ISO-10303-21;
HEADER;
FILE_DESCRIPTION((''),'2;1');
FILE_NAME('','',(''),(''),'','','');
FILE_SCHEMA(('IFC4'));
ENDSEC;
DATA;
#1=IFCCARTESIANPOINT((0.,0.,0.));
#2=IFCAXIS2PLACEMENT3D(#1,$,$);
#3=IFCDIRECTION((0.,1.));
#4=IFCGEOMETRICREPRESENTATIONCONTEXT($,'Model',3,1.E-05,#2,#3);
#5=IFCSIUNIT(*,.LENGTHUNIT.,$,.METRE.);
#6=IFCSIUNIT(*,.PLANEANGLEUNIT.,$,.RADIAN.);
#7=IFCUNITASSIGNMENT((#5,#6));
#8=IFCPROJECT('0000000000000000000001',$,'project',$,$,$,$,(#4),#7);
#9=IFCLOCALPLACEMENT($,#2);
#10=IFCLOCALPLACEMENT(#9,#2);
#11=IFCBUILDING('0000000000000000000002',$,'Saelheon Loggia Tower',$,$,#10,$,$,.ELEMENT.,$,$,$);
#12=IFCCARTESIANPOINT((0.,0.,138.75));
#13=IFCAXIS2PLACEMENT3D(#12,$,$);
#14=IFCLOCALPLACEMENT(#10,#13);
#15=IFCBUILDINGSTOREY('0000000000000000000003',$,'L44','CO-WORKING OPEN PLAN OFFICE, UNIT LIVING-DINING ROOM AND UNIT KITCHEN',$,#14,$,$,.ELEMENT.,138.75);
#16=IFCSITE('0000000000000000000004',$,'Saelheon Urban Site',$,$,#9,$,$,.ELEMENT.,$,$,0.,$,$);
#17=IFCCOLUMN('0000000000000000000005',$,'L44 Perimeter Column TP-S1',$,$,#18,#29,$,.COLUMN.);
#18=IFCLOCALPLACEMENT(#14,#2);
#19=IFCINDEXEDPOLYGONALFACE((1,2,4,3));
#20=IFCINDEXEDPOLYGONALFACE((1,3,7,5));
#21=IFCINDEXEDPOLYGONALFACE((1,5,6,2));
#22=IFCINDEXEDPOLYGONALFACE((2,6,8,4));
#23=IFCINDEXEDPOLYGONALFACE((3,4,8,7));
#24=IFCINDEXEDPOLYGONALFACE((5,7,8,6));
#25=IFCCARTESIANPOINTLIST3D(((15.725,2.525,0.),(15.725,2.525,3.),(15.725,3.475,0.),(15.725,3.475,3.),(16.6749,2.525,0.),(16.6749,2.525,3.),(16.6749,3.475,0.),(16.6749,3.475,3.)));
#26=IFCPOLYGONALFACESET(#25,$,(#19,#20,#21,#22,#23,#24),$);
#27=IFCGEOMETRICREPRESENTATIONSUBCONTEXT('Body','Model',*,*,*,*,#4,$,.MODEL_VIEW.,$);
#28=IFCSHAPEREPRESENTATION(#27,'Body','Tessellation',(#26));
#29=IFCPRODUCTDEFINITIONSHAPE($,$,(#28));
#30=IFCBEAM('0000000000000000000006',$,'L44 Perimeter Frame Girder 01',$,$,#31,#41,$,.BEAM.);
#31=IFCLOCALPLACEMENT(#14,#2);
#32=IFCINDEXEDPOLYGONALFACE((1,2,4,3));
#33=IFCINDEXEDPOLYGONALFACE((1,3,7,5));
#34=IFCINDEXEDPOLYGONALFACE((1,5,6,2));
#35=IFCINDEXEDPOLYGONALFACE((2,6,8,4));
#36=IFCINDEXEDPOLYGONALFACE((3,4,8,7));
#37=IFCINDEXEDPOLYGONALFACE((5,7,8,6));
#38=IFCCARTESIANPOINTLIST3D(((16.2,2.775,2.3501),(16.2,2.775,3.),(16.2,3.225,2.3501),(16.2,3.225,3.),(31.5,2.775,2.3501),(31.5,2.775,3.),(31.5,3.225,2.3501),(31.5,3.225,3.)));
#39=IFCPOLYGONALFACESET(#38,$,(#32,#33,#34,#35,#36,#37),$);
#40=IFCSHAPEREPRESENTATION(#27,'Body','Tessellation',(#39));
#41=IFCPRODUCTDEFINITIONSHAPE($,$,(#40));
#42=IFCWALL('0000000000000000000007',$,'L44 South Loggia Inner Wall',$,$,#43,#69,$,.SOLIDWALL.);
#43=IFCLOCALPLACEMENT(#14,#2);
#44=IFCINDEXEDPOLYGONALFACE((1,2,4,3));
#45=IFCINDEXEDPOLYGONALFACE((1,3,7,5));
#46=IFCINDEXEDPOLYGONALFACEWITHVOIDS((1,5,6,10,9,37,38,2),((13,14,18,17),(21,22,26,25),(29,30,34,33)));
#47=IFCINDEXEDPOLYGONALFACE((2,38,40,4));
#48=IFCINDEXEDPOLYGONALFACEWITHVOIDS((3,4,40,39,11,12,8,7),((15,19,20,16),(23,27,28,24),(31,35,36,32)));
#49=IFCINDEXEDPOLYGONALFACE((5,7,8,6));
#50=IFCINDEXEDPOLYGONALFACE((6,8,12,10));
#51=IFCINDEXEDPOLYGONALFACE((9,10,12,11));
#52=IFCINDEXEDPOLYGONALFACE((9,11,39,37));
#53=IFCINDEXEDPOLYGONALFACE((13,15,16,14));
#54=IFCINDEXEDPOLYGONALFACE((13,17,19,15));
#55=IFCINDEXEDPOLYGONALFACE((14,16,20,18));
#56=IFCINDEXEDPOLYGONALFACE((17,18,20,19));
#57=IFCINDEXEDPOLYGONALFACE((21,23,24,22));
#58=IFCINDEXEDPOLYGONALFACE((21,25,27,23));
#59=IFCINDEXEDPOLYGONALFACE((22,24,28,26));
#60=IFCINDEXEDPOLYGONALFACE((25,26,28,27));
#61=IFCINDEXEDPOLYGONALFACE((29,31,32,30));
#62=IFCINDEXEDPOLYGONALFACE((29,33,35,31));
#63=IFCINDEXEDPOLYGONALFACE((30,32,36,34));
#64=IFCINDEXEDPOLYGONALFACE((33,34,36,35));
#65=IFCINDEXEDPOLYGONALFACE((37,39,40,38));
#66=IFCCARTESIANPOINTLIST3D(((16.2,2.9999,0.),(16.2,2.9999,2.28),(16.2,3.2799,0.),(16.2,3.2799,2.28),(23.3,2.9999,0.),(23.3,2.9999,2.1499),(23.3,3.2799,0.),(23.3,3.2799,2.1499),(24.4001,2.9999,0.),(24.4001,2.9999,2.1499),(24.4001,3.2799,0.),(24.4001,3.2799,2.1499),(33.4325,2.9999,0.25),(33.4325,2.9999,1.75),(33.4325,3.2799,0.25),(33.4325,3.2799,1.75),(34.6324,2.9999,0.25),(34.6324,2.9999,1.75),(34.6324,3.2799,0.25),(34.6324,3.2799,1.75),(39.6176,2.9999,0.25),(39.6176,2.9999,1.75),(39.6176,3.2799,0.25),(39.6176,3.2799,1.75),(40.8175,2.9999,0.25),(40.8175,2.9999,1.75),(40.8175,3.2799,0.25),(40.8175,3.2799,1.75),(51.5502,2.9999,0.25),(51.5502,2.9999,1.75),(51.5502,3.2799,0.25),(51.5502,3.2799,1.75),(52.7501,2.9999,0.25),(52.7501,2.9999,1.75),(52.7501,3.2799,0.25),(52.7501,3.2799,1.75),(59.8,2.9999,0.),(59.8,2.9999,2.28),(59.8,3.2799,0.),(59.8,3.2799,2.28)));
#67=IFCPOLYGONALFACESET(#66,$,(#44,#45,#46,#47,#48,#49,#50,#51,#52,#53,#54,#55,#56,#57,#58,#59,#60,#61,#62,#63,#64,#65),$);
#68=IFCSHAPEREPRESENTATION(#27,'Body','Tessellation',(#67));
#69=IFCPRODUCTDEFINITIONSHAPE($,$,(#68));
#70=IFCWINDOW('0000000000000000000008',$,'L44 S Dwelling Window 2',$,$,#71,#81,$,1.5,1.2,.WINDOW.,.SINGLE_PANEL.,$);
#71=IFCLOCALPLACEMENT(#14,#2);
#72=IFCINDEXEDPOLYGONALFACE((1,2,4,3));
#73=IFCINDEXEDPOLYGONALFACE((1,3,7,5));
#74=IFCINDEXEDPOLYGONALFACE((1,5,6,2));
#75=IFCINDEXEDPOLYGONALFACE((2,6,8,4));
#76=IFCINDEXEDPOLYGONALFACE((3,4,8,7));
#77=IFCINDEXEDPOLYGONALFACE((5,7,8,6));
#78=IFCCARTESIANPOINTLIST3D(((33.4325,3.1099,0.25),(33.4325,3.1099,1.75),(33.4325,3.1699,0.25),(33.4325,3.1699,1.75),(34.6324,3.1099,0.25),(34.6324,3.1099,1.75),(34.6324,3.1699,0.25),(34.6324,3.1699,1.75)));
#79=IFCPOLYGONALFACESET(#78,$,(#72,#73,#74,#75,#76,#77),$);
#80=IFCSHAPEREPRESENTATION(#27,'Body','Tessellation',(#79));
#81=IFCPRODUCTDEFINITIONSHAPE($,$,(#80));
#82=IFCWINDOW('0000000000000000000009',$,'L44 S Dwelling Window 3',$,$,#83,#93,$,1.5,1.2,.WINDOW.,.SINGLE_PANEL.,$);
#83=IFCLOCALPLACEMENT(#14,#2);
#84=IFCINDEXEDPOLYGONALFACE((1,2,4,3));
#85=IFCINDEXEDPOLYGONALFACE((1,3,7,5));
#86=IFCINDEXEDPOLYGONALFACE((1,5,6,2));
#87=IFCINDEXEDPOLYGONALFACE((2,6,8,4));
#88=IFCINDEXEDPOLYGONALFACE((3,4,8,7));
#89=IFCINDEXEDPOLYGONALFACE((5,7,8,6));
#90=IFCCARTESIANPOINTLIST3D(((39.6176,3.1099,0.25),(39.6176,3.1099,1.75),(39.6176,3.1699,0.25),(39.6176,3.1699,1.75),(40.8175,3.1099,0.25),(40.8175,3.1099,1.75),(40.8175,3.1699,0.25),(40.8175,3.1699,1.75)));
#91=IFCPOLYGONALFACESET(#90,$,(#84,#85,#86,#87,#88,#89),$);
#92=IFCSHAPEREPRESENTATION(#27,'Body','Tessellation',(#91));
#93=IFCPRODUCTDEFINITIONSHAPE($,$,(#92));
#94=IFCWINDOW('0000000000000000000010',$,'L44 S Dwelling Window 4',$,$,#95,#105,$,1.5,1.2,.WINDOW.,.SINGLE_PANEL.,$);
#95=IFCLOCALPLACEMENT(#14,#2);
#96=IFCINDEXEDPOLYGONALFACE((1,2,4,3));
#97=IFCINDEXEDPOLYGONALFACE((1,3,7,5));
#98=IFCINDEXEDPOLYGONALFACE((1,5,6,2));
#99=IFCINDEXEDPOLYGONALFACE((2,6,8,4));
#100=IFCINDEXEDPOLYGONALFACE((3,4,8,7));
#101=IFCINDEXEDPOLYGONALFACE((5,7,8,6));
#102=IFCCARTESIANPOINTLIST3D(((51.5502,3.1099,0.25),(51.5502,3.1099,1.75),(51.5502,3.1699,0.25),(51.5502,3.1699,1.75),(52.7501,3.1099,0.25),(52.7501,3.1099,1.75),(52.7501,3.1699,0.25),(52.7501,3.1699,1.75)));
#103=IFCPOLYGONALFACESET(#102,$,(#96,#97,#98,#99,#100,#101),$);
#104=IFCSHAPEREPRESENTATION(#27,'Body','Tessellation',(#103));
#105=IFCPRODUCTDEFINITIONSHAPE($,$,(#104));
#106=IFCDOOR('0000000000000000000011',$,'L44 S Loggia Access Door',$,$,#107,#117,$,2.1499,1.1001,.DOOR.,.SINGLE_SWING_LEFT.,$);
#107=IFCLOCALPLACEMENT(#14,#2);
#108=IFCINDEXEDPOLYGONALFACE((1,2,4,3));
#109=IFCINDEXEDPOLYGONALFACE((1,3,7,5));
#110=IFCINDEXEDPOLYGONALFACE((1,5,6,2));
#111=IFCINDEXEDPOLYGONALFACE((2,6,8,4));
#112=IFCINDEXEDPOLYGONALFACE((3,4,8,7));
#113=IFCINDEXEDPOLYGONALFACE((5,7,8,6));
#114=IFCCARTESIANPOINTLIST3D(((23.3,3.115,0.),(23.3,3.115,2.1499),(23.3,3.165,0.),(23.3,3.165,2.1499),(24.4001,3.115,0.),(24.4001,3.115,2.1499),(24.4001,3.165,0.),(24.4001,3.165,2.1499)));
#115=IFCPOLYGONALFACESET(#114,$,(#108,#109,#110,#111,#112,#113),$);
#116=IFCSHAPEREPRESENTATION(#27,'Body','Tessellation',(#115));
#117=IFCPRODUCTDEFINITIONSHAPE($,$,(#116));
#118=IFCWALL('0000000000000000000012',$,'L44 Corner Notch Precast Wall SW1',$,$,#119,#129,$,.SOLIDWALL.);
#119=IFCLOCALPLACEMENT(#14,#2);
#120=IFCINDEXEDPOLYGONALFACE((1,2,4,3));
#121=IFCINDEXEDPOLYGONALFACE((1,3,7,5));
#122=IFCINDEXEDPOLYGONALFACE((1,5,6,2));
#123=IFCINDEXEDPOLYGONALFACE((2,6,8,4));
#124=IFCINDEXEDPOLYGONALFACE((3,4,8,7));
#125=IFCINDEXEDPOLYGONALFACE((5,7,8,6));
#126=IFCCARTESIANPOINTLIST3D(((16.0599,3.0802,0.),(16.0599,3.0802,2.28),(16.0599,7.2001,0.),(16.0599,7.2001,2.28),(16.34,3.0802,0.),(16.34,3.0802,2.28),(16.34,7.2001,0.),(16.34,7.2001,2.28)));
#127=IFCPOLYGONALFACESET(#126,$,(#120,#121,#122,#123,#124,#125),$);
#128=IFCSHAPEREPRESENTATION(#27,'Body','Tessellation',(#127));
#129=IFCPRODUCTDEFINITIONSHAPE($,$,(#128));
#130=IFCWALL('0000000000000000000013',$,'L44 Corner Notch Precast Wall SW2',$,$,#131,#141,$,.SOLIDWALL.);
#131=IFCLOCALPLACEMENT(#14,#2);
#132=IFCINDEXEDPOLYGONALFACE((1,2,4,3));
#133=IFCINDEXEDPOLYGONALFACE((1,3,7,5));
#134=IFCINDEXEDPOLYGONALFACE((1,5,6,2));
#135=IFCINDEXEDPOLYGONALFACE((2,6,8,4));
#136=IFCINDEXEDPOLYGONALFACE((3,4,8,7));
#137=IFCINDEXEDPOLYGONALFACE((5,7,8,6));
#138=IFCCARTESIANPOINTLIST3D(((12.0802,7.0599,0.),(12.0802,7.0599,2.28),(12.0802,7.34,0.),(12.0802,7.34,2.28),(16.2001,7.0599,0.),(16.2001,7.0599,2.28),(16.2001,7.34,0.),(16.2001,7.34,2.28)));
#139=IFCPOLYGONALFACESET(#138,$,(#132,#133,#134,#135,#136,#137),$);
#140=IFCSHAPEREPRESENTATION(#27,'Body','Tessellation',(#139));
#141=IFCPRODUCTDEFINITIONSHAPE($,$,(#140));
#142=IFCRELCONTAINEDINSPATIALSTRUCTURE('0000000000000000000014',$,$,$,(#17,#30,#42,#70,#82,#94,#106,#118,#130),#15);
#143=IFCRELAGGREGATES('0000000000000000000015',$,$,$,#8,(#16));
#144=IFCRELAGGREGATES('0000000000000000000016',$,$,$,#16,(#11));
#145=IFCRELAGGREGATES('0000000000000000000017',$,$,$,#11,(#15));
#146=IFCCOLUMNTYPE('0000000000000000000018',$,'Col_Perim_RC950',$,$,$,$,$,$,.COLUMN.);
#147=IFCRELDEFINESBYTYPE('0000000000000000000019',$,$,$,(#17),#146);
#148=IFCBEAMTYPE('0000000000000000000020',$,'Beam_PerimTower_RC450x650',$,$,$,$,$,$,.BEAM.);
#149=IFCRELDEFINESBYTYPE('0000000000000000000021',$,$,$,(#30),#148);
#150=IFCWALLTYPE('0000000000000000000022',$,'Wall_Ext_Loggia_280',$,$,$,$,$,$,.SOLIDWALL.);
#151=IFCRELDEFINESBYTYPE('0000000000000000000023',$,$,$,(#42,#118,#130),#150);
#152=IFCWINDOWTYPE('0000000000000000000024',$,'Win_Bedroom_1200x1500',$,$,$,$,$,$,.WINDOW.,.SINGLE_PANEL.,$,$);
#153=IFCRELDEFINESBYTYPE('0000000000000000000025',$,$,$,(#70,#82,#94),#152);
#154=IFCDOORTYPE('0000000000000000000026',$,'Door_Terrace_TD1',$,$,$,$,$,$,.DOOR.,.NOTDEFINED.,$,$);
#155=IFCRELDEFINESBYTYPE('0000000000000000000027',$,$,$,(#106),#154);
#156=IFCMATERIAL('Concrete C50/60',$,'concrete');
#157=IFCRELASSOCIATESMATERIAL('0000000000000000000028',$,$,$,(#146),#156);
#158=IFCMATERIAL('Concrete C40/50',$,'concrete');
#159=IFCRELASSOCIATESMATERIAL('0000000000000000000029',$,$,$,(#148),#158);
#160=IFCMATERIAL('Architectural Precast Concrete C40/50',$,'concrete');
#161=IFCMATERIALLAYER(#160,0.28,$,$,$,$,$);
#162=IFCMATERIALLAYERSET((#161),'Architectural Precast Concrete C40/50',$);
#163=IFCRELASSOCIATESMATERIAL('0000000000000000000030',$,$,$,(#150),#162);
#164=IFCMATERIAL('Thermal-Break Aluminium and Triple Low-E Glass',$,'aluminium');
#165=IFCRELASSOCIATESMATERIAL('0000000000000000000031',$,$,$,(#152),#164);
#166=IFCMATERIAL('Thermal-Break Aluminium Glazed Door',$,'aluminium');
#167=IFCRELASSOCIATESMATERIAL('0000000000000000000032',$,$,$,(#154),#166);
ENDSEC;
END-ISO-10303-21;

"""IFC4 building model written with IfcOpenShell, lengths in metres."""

from ifc_helpers import new_model, si_unit, direction, frame, frame_2d, origin, origin_2d, place, context, subcontext, project, spatial, rectangle, extrude, source, transform, mapped, material, layer, layer_set, material_profile, profile_set, type_object, element, fill, save


model = new_model("IFC4")

# Units and contexts
model_context = context("Model", 3, precision=1e-05, world=origin(), true_north=direction((0.0, 1.0)))
body_context = subcontext(model_context, "Body", "Model", "MODEL_VIEW")
ifc_project = project(units=[si_unit("LENGTHUNIT", "METRE"), si_unit("PLANEANGLEUNIT", "RADIAN")], contexts=[model_context])

# Site, building, storey
site_placement = place(None, origin())
site = spatial("IfcSite", under=ifc_project, at=site_placement, Name="Saelheon Urban Site", CompositionType="ELEMENT", RefElevation=0.0)
building_placement = place(site_placement, origin())
building = spatial("IfcBuilding", under=site, at=building_placement, Name="Saelheon Loggia Tower", CompositionType="ELEMENT")
storey_placement = place(building_placement, frame((0.0, 0.0, 138.75)))
storey = spatial("IfcBuildingStorey", under=building, at=storey_placement, Name="L44", Description="CO-WORKING OPEN PLAN OFFICE, UNIT LIVING-DINING ROOM AND UNIT KITCHEN", CompositionType="ELEMENT", Elevation=138.75)

# Column
ifc_material_1 = material(Name="Concrete C50/60", Category="concrete")
ifc_material_profile_1 = material_profile(ifc_material_1, rectangle(XDim=0.95, YDim=0.95, at=origin_2d()), Name="RC-950x950")
ifc_profile_set_1 = profile_set([ifc_material_profile_1], Name="Concrete C50/60")
column_type = type_object("IfcColumnType", Name="Col_Perim_RC950", PredefinedType="COLUMN", material=ifc_profile_set_1)
shared_shape_1 = source(origin(), body_context, "Body", "SweptSolid", [
    extrude(rectangle(XDim=0.95, YDim=0.95, at=origin_2d()), origin(), (0.0, 0.0, 1.0), 3.0),
])
column_placement = place(storey_placement, frame((16.2, 3.0, 0.0), z_axis=(0.0, 0.0, 1.0), x_axis=(1.0, 0.0, 0.0)))
element("IfcColumn", 1, at=column_placement, inside=storey, type_object=column_type, Name="L44 Perimeter Column TP-S1", PredefinedType="COLUMN", context=body_context, shape_type="MappedRepresentation", body=[
    mapped(shared_shape_1, transform((0.0, 0.0, 0.0), scale=1.0)),
])

# Beam
ifc_material_2 = material(Name="Concrete C40/50", Category="concrete")
ifc_material_profile_2 = material_profile(ifc_material_2, rectangle(XDim=0.45, YDim=0.6499, at=origin_2d()), Name="RC-450x650")
ifc_profile_set_2 = profile_set([ifc_material_profile_2], Name="Concrete C40/50")
beam_type = type_object("IfcBeamType", Name="Beam_PerimTower_RC450x650", PredefinedType="BEAM", material=ifc_profile_set_2)
shared_shape_2 = source(origin(), body_context, "Body", "SweptSolid", [
    extrude(rectangle(XDim=0.45, YDim=0.6499, at=origin_2d()), origin(), (0.0, 0.0, 1.0), 15.3),
])
beam_placement = place(storey_placement, frame((16.2, 3.0, 2.675), z_axis=(1.0, 0.0, 0.0), x_axis=(0.0, 1.0, 0.0)))
element("IfcBeam", 2, at=beam_placement, inside=storey, type_object=beam_type, Name="L44 Perimeter Frame Girder 01", PredefinedType="BEAM", context=body_context, shape_type="MappedRepresentation", body=[
    mapped(shared_shape_2, transform((0.0, 0.0, 0.0), scale=1.0)),
])

# Wall, openings, windows, door
ifc_material_3 = material(Name="Architectural Precast Concrete C40/50", Category="concrete")
ifc_layer = layer(ifc_material_3, 0.28)
ifc_layer_set = layer_set([ifc_layer], Name="Architectural Precast Concrete C40/50")
wall_type = type_object("IfcWallType", Name="Wall_Ext_Loggia_280", PredefinedType="SOLIDWALL", material=ifc_layer_set)
wall_placement = place(storey_placement, frame((16.2, 3.1399, 0.0), z_axis=(0.0, 0.0, 1.0), x_axis=(1.0, 0.0, 0.0)))
wall = element("IfcWall", 3, at=wall_placement, inside=storey, type_object=wall_type, Name="L44 South Loggia Inner Wall", PredefinedType="SOLIDWALL", context=body_context, shape_type="SweptSolid", body=[
    extrude(rectangle(XDim=43.6001, YDim=0.28, at=frame_2d((21.8, 0.0))), origin(), (0.0, 0.0, 1.0), 2.28),
])
opening_1_placement = place(wall_placement, frame((8.2002, 0.0, 0.0), z_axis=(0.0, 0.0, 1.0), x_axis=(-1.0, 0.0, 0.0)))
opening_1 = element("IfcOpeningElement", 4, at=opening_1_placement, cuts=wall, PredefinedType="OPENING", context=body_context, shape_type="SweptSolid", body=[
    extrude(rectangle(XDim=1.1001, YDim=2.1499, at=frame_2d((0.55, 1.075))), frame((0.0, 0.1521, 0.0), z_axis=(0.0, -1.0, 0.0), x_axis=(1.0, 0.0, 0.0)), (0.0, 0.0, 1.0), 0.304),
])
opening_2_placement = place(wall_placement, frame((17.2324, 0.0, 0.25)))
opening_2 = element("IfcOpeningElement", 5, at=opening_2_placement, cuts=wall, PredefinedType="OPENING", context=body_context, shape_type="SweptSolid", body=[
    extrude(rectangle(XDim=1.2, YDim=1.5, at=frame_2d((0.6001, 0.75))), frame((0.0, 0.1521, 0.0), z_axis=(0.0, -1.0, 0.0), x_axis=(1.0, 0.0, 0.0)), (0.0, 0.0, 1.0), 0.304),
])
opening_3_placement = place(wall_placement, frame((23.4175, 0.0, 0.25)))
opening_3 = element("IfcOpeningElement", 6, at=opening_3_placement, cuts=wall, PredefinedType="OPENING", context=body_context, shape_type="SweptSolid", body=[
    extrude(rectangle(XDim=1.2, YDim=1.5, at=frame_2d((0.6001, 0.75))), frame((0.0, 0.1521, 0.0), z_axis=(0.0, -1.0, 0.0), x_axis=(1.0, 0.0, 0.0)), (0.0, 0.0, 1.0), 0.304),
])
opening_4_placement = place(wall_placement, frame((35.3501, 0.0, 0.25)))
opening_4 = element("IfcOpeningElement", 7, at=opening_4_placement, cuts=wall, PredefinedType="OPENING", context=body_context, shape_type="SweptSolid", body=[
    extrude(rectangle(XDim=1.2, YDim=1.5, at=frame_2d((0.6001, 0.75))), frame((0.0, 0.1521, 0.0), z_axis=(0.0, -1.0, 0.0), x_axis=(1.0, 0.0, 0.0)), (0.0, 0.0, 1.0), 0.304),
])
ifc_material_4 = material(Name="Thermal-Break Aluminium and Triple Low-E Glass", Category="aluminium")
window_type = type_object("IfcWindowType", Name="Win_Bedroom_1200x1500", PartitioningType="SINGLE_PANEL", PredefinedType="WINDOW", material=ifc_material_4)
shared_shape_3 = source(origin(), body_context, "Body", "SweptSolid", [
    extrude(rectangle(XDim=1.2, YDim=1.5, at=frame_2d((0.6001, 0.75))), frame((0.0, 0.03, 0.0), z_axis=(0.0, -1.0, 0.0), x_axis=(1.0, 0.0, 0.0)), (0.0, 0.0, 1.0), 0.0601),
])
window_1_placement = place(opening_2_placement, origin())
window_1 = element("IfcWindow", 8, at=window_1_placement, inside=storey, type_object=window_type, Name="L44 S Dwelling Window 2", OverallHeight=1.5, OverallWidth=1.2, PartitioningType="SINGLE_PANEL", PredefinedType="WINDOW", context=body_context, shape_type="MappedRepresentation", body=[
    mapped(shared_shape_3, transform((0.0, 0.0, 0.0), scale=1.0)),
])
fill(opening_2, window_1)
window_2_placement = place(opening_3_placement, origin())
window_2 = element("IfcWindow", 9, at=window_2_placement, inside=storey, type_object=window_type, Name="L44 S Dwelling Window 3", OverallHeight=1.5, OverallWidth=1.2, PartitioningType="SINGLE_PANEL", PredefinedType="WINDOW", context=body_context, shape_type="MappedRepresentation", body=[
    mapped(shared_shape_3, transform((0.0, 0.0, 0.0), scale=1.0)),
])
fill(opening_3, window_2)
window_3_placement = place(opening_4_placement, origin())
window_3 = element("IfcWindow", 10, at=window_3_placement, inside=storey, type_object=window_type, Name="L44 S Dwelling Window 4", OverallHeight=1.5, OverallWidth=1.2, PartitioningType="SINGLE_PANEL", PredefinedType="WINDOW", context=body_context, shape_type="MappedRepresentation", body=[
    mapped(shared_shape_3, transform((0.0, 0.0, 0.0), scale=1.0)),
])
fill(opening_4, window_3)
ifc_material_5 = material(Name="Thermal-Break Aluminium Glazed Door", Category="aluminium")
door_type = type_object("IfcDoorType", Name="Door_Terrace_TD1", OperationType="NOTDEFINED", PredefinedType="DOOR", material=ifc_material_5)
shared_shape_4 = source(origin(), body_context, "Body", "SweptSolid", [
    extrude(rectangle(XDim=1.1001, YDim=2.1499, at=frame_2d((0.55, 1.075))), frame((0.0, 0.0249, 0.0), z_axis=(0.0, -1.0, 0.0), x_axis=(1.0, 0.0, 0.0)), (0.0, 0.0, 1.0), 0.05),
])
door_placement = place(opening_1_placement, origin())
door = element("IfcDoor", 11, at=door_placement, inside=storey, type_object=door_type, Name="L44 S Loggia Access Door", OperationType="SINGLE_SWING_LEFT", OverallHeight=2.1499, OverallWidth=1.1001, PredefinedType="DOOR", context=body_context, shape_type="MappedRepresentation", body=[
    mapped(shared_shape_4, transform((0.0, 0.0, 0.0), scale=1.0)),
])
fill(opening_1, door)

# Walls
for number, where, z_axis, x_axis, name in (
    (12, (16.2, 3.0801, 0.0), (0.0, 0.0, 1.0), (0.0, 1.0, 0.0), "L44 Corner Notch Precast Wall SW1"),
    (13, (12.0801, 7.2, 0.0), (0.0, 0.0, 1.0), (1.0, 0.0, 0.0), "L44 Corner Notch Precast Wall SW2"),
):
    element("IfcWall", number, at=place(storey_placement, frame(where, z_axis=z_axis, x_axis=x_axis)), inside=storey, type_object=wall_type, Name=name, PredefinedType="SOLIDWALL", context=body_context, shape_type="SweptSolid", body=[
        extrude(rectangle(XDim=4.1199, YDim=0.28, at=frame_2d((2.0601, 0.0))), origin(), (0.0, 0.0, 1.0), 2.28),
    ])

save(model, "model.ifc")
